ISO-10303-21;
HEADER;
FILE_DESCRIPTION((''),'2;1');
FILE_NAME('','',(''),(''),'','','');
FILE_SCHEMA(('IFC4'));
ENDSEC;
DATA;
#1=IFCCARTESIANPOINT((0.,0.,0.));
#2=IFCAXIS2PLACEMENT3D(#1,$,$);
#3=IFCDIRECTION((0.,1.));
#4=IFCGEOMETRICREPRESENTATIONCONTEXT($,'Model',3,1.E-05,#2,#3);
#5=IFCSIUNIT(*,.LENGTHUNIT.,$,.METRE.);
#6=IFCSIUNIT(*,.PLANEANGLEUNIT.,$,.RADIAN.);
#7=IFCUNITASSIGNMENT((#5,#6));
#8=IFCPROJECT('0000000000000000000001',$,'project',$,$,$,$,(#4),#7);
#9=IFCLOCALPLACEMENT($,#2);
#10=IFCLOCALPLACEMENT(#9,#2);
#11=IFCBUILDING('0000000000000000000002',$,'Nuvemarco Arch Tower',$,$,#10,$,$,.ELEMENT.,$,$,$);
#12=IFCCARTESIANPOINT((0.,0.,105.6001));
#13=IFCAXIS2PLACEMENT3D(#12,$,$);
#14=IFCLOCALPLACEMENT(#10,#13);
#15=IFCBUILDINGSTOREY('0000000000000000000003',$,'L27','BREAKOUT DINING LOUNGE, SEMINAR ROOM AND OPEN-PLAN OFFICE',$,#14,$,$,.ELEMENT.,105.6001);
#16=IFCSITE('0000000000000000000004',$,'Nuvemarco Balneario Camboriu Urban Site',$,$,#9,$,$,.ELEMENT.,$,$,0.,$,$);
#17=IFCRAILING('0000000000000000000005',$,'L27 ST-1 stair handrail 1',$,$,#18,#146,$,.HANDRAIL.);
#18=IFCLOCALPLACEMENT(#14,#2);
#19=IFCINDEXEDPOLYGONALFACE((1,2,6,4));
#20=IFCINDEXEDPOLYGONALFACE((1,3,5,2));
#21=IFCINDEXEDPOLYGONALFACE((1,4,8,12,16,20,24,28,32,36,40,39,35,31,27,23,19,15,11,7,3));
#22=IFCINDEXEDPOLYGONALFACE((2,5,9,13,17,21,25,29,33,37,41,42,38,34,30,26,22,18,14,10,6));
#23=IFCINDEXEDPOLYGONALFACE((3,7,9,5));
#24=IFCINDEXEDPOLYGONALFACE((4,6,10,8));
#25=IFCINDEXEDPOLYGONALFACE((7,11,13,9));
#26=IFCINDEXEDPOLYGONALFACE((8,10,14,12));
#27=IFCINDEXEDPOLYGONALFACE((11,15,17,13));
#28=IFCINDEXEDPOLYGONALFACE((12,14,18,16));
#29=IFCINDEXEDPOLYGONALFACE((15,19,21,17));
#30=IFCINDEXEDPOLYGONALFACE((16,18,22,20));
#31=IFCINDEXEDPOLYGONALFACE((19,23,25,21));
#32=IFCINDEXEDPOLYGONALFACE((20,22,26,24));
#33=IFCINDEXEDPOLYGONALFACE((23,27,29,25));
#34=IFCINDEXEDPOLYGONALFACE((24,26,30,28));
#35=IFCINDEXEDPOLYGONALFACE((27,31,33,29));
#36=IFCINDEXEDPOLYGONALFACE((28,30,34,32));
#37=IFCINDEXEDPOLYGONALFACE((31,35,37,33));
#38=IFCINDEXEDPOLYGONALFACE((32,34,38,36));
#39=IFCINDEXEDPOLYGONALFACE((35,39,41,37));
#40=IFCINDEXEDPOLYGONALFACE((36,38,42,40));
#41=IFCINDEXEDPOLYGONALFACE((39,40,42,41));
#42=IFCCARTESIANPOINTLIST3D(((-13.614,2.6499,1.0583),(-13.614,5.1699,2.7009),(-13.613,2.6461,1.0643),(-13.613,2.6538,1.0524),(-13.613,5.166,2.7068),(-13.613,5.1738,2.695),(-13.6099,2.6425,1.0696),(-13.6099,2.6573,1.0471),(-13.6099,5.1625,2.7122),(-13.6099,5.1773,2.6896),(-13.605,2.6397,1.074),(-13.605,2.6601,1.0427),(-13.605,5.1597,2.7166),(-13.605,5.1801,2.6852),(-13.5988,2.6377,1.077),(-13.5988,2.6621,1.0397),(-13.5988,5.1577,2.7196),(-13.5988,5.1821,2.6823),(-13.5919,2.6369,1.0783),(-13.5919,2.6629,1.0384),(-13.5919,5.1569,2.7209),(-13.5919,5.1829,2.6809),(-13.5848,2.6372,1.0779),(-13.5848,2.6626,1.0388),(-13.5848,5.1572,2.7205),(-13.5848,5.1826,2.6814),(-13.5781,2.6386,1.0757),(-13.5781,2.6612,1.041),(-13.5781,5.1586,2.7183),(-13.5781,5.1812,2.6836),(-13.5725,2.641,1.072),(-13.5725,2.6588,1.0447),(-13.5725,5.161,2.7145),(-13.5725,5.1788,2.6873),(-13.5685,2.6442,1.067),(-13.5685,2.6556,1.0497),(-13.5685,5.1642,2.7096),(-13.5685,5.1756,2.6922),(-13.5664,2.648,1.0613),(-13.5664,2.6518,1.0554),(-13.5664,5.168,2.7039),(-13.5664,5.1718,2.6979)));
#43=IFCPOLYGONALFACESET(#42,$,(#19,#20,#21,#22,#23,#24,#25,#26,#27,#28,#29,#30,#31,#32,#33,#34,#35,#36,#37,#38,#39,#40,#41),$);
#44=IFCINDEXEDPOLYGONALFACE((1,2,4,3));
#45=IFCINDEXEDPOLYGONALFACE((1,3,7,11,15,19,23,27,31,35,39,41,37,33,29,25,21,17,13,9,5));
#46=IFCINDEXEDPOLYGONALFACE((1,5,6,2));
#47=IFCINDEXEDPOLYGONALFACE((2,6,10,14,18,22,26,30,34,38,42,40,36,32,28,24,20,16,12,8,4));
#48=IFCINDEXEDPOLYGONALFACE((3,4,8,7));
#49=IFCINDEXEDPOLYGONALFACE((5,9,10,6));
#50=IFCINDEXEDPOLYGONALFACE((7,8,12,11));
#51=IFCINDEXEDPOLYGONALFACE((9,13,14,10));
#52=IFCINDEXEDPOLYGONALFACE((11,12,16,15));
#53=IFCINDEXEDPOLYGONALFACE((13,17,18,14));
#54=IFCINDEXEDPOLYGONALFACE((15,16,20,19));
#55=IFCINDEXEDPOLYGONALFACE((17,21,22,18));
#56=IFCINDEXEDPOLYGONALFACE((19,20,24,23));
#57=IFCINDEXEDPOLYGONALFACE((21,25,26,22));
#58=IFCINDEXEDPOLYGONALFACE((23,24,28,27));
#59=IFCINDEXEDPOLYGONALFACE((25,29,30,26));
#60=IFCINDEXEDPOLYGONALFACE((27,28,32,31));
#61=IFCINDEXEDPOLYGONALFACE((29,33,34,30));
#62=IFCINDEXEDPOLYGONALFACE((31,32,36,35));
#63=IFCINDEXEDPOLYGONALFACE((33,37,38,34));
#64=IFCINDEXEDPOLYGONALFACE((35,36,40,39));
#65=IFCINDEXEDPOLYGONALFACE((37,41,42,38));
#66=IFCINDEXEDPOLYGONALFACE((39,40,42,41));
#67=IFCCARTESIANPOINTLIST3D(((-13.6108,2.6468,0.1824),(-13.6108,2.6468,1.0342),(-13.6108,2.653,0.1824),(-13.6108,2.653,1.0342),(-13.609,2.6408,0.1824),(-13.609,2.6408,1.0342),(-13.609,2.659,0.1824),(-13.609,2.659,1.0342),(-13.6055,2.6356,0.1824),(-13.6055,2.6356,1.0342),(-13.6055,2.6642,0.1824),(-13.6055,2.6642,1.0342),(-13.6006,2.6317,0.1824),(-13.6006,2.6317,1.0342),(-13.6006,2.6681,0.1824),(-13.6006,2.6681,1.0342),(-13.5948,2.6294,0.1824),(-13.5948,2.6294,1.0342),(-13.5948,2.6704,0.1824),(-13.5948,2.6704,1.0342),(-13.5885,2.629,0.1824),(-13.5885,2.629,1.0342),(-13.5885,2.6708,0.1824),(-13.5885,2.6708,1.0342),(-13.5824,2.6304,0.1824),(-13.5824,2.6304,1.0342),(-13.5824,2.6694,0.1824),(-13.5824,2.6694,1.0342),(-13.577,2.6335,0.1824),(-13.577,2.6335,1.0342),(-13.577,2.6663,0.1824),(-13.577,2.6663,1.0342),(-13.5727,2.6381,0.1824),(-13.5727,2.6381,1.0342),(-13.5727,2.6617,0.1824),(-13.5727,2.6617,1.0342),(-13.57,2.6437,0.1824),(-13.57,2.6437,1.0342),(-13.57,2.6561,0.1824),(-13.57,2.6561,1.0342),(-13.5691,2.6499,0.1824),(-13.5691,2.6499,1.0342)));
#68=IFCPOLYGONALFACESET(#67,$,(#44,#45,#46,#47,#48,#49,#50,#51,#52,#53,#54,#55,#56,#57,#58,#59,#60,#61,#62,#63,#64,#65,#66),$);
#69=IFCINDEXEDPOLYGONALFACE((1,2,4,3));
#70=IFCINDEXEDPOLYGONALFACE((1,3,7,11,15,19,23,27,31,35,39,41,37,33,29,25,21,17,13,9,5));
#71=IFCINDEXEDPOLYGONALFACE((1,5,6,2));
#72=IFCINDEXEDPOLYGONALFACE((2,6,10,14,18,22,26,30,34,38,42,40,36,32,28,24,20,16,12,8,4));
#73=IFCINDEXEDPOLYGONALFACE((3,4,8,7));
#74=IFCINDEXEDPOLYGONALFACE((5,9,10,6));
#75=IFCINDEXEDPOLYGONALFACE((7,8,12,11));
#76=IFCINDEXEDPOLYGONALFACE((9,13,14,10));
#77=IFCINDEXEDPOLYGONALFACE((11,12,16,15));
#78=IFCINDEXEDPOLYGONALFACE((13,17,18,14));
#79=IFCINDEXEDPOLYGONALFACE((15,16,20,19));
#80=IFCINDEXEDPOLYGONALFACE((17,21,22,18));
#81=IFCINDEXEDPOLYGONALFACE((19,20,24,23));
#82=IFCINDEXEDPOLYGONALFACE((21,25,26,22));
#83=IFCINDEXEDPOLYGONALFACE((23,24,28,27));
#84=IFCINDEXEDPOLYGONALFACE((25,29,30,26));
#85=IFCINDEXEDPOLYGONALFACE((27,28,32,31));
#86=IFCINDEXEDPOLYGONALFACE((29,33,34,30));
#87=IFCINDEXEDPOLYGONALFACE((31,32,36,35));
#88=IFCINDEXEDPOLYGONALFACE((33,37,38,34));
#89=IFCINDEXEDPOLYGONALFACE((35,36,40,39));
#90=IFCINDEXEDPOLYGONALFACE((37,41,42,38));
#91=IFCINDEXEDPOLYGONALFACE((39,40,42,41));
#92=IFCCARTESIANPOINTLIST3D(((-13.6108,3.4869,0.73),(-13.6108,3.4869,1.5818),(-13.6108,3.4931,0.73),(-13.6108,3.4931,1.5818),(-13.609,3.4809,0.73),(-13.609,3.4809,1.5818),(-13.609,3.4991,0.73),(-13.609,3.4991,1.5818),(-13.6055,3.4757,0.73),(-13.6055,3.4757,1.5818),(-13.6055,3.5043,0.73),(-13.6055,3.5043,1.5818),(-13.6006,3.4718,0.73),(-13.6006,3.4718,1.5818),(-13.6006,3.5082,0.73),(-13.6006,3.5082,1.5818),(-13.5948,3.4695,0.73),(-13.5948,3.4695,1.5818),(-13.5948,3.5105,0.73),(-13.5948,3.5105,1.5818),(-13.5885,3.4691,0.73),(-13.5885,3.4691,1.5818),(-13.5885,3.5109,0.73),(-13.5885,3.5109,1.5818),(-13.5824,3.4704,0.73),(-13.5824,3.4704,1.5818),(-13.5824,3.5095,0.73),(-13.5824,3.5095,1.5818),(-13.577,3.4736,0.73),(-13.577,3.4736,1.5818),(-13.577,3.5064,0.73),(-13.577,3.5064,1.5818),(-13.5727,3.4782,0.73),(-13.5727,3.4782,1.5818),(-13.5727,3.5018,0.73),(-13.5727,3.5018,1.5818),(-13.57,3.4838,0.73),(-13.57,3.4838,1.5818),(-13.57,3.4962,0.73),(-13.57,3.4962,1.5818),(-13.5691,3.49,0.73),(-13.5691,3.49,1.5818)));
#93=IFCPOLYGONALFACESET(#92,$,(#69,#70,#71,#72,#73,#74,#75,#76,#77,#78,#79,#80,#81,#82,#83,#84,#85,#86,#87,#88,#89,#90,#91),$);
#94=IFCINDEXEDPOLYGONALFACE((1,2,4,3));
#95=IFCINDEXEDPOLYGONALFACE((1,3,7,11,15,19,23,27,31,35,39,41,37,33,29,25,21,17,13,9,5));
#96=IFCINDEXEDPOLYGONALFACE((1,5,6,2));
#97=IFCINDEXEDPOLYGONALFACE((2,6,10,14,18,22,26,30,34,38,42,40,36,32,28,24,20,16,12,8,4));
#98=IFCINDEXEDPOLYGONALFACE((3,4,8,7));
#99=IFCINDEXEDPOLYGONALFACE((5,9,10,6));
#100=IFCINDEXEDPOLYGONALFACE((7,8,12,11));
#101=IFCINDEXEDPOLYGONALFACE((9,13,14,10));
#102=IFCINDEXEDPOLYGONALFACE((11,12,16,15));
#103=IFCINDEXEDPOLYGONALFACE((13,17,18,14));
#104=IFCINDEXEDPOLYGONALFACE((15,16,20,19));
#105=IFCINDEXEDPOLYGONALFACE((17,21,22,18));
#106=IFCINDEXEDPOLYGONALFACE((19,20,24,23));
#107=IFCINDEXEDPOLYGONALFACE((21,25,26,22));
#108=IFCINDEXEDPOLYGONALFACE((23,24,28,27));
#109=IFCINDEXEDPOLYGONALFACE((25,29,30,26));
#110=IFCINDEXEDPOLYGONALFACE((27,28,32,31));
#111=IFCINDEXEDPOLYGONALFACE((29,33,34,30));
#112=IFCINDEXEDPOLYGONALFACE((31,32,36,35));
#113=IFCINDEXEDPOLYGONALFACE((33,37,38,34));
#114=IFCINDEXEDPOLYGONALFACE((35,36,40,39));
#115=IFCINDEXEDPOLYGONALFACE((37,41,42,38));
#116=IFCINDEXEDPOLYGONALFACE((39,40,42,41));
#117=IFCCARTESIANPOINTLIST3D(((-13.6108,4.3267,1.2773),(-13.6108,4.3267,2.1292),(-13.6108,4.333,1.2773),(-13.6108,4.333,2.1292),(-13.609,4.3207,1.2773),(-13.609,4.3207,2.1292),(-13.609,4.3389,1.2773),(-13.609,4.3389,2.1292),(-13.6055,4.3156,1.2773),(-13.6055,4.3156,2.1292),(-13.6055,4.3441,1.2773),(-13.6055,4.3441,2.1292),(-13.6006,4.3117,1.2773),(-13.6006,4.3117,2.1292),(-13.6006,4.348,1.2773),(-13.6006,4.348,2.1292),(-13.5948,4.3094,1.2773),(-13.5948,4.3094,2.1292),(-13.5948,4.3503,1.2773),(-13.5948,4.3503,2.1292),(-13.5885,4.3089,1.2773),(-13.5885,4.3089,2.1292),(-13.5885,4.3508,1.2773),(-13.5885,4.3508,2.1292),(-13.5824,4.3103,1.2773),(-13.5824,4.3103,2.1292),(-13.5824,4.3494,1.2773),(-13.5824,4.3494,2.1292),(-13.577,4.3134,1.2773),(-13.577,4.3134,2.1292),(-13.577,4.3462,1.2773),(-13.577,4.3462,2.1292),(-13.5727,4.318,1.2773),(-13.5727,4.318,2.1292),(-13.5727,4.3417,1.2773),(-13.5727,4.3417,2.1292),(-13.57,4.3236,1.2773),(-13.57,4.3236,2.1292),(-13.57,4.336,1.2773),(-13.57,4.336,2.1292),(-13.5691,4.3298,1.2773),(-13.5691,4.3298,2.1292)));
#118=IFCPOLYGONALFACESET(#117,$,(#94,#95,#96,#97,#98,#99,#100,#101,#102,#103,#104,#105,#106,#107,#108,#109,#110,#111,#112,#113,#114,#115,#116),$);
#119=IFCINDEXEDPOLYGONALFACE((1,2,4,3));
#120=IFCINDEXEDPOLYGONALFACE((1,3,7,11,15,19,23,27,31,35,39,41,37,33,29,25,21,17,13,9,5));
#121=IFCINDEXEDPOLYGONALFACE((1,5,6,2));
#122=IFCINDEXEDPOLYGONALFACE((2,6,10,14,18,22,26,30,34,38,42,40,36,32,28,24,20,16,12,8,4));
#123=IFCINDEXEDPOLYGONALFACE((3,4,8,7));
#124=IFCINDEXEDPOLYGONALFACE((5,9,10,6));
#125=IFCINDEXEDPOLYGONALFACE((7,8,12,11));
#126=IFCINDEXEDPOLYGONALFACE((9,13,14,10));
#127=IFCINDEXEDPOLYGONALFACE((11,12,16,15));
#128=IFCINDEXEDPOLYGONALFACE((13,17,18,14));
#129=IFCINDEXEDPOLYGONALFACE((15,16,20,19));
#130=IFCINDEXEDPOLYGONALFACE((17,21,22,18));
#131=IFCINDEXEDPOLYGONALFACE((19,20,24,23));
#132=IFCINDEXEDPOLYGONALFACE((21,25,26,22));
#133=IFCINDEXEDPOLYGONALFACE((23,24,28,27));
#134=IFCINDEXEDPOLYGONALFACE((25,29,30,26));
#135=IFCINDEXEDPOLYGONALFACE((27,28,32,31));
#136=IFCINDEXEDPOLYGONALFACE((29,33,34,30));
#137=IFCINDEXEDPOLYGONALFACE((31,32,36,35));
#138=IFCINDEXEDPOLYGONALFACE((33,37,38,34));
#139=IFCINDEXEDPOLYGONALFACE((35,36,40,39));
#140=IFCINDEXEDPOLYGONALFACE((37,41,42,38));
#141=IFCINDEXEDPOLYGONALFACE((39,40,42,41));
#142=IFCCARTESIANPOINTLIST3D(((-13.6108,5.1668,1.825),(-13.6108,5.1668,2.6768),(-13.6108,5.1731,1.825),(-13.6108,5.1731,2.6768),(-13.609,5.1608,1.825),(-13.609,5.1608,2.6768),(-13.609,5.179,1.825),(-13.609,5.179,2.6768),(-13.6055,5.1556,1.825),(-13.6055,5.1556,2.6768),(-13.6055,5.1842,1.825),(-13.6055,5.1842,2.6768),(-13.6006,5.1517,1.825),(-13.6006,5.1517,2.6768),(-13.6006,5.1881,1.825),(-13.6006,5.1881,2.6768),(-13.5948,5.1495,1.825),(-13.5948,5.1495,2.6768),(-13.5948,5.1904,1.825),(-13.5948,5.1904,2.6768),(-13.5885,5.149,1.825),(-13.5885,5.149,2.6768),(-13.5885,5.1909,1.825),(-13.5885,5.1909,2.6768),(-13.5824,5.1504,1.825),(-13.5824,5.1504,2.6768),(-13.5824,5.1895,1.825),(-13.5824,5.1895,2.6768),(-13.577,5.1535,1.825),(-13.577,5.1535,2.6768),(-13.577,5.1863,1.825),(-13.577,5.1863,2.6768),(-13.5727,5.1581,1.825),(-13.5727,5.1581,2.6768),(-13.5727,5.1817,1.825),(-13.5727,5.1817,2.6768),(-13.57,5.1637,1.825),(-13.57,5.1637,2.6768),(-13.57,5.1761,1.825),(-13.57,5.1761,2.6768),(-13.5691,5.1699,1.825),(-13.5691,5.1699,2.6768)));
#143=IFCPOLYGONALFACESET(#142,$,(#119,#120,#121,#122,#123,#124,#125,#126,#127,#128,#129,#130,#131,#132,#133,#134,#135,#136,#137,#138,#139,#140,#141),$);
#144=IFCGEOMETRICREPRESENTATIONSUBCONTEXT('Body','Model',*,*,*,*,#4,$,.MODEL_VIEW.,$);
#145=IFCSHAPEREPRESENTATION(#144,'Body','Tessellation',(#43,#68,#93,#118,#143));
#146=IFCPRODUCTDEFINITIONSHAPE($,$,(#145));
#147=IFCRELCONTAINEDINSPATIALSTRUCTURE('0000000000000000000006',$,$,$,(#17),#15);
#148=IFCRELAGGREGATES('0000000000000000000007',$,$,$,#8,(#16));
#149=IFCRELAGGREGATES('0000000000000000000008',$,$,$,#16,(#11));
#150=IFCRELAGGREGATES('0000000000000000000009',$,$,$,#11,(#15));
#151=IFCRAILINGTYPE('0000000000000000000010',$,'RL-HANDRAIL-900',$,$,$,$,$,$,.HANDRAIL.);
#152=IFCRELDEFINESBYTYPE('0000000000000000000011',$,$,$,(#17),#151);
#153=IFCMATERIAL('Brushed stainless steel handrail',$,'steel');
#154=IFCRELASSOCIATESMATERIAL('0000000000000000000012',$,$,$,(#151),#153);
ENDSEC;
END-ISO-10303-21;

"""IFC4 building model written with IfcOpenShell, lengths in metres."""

from ifc_helpers import new_model, si_unit, direction, frame, origin, origin_2d, place, context, subcontext, project, spatial, circle, extrude, material, type_object, element, save


model = new_model("IFC4")

# Units and contexts
model_context = context("Model", 3, precision=1e-05, world=origin(), true_north=direction((0.0, 1.0)))
body_context = subcontext(model_context, "Body", "Model", "MODEL_VIEW")
ifc_project = project(units=[si_unit("LENGTHUNIT", "METRE"), si_unit("PLANEANGLEUNIT", "RADIAN")], contexts=[model_context])

# Site, building, storey
site_placement = place(None, origin())
site = spatial("IfcSite", under=ifc_project, at=site_placement, Name="Nuvemarco Balneario Camboriu Urban Site", CompositionType="ELEMENT", RefElevation=0.0)
building_placement = place(site_placement, origin())
building = spatial("IfcBuilding", under=site, at=building_placement, Name="Nuvemarco Arch Tower", CompositionType="ELEMENT")
storey_placement = place(building_placement, frame((0.0, 0.0, 105.6001)))
storey = spatial("IfcBuildingStorey", under=building, at=storey_placement, Name="L27", Description="BREAKOUT DINING LOUNGE, SEMINAR ROOM AND OPEN-PLAN OFFICE", CompositionType="ELEMENT", Elevation=105.6001)

# Railing
ifc_material_1 = material(Name="Brushed stainless steel handrail", Category="steel")
railing_type_1 = type_object("IfcRailingType", Name="RL-HANDRAIL-900", PredefinedType="HANDRAIL", material=ifc_material_1)
railing_1_placement = place(storey_placement, frame((-13.5901, 2.6499, 0.1824)))
element("IfcRailing", 1, at=railing_1_placement, inside=storey, type_object=railing_type_1, Name="L27 ST-1 stair handrail 1", PredefinedType="HANDRAIL", context=body_context, shape_type="SweptSolid", body=[
    extrude(circle(Radius=0.0239, at=origin_2d()), frame((0.0, 0.0, 0.876), z_axis=(0.0, 0.837749, 0.546055), x_axis=(-1.0, 0.0, 0.0)), (0.0, 0.0, 1.0), 3.0081),
    extrude(circle(Radius=0.021, at=origin_2d()), origin(), (0.0, 0.0, 1.0), 0.8518),
    extrude(circle(Radius=0.021, at=origin_2d()), frame((0.0, 0.8401, 0.5476)), (0.0, 0.0, 1.0), 0.8518),
    extrude(circle(Radius=0.021, at=origin_2d()), frame((0.0, 1.6799, 1.095)), (0.0, 0.0, 1.0), 0.8518),
    extrude(circle(Radius=0.021, at=origin_2d()), frame((0.0, 2.52, 1.6426)), (0.0, 0.0, 1.0), 0.8518),
])

save(model, "model.ifc")
